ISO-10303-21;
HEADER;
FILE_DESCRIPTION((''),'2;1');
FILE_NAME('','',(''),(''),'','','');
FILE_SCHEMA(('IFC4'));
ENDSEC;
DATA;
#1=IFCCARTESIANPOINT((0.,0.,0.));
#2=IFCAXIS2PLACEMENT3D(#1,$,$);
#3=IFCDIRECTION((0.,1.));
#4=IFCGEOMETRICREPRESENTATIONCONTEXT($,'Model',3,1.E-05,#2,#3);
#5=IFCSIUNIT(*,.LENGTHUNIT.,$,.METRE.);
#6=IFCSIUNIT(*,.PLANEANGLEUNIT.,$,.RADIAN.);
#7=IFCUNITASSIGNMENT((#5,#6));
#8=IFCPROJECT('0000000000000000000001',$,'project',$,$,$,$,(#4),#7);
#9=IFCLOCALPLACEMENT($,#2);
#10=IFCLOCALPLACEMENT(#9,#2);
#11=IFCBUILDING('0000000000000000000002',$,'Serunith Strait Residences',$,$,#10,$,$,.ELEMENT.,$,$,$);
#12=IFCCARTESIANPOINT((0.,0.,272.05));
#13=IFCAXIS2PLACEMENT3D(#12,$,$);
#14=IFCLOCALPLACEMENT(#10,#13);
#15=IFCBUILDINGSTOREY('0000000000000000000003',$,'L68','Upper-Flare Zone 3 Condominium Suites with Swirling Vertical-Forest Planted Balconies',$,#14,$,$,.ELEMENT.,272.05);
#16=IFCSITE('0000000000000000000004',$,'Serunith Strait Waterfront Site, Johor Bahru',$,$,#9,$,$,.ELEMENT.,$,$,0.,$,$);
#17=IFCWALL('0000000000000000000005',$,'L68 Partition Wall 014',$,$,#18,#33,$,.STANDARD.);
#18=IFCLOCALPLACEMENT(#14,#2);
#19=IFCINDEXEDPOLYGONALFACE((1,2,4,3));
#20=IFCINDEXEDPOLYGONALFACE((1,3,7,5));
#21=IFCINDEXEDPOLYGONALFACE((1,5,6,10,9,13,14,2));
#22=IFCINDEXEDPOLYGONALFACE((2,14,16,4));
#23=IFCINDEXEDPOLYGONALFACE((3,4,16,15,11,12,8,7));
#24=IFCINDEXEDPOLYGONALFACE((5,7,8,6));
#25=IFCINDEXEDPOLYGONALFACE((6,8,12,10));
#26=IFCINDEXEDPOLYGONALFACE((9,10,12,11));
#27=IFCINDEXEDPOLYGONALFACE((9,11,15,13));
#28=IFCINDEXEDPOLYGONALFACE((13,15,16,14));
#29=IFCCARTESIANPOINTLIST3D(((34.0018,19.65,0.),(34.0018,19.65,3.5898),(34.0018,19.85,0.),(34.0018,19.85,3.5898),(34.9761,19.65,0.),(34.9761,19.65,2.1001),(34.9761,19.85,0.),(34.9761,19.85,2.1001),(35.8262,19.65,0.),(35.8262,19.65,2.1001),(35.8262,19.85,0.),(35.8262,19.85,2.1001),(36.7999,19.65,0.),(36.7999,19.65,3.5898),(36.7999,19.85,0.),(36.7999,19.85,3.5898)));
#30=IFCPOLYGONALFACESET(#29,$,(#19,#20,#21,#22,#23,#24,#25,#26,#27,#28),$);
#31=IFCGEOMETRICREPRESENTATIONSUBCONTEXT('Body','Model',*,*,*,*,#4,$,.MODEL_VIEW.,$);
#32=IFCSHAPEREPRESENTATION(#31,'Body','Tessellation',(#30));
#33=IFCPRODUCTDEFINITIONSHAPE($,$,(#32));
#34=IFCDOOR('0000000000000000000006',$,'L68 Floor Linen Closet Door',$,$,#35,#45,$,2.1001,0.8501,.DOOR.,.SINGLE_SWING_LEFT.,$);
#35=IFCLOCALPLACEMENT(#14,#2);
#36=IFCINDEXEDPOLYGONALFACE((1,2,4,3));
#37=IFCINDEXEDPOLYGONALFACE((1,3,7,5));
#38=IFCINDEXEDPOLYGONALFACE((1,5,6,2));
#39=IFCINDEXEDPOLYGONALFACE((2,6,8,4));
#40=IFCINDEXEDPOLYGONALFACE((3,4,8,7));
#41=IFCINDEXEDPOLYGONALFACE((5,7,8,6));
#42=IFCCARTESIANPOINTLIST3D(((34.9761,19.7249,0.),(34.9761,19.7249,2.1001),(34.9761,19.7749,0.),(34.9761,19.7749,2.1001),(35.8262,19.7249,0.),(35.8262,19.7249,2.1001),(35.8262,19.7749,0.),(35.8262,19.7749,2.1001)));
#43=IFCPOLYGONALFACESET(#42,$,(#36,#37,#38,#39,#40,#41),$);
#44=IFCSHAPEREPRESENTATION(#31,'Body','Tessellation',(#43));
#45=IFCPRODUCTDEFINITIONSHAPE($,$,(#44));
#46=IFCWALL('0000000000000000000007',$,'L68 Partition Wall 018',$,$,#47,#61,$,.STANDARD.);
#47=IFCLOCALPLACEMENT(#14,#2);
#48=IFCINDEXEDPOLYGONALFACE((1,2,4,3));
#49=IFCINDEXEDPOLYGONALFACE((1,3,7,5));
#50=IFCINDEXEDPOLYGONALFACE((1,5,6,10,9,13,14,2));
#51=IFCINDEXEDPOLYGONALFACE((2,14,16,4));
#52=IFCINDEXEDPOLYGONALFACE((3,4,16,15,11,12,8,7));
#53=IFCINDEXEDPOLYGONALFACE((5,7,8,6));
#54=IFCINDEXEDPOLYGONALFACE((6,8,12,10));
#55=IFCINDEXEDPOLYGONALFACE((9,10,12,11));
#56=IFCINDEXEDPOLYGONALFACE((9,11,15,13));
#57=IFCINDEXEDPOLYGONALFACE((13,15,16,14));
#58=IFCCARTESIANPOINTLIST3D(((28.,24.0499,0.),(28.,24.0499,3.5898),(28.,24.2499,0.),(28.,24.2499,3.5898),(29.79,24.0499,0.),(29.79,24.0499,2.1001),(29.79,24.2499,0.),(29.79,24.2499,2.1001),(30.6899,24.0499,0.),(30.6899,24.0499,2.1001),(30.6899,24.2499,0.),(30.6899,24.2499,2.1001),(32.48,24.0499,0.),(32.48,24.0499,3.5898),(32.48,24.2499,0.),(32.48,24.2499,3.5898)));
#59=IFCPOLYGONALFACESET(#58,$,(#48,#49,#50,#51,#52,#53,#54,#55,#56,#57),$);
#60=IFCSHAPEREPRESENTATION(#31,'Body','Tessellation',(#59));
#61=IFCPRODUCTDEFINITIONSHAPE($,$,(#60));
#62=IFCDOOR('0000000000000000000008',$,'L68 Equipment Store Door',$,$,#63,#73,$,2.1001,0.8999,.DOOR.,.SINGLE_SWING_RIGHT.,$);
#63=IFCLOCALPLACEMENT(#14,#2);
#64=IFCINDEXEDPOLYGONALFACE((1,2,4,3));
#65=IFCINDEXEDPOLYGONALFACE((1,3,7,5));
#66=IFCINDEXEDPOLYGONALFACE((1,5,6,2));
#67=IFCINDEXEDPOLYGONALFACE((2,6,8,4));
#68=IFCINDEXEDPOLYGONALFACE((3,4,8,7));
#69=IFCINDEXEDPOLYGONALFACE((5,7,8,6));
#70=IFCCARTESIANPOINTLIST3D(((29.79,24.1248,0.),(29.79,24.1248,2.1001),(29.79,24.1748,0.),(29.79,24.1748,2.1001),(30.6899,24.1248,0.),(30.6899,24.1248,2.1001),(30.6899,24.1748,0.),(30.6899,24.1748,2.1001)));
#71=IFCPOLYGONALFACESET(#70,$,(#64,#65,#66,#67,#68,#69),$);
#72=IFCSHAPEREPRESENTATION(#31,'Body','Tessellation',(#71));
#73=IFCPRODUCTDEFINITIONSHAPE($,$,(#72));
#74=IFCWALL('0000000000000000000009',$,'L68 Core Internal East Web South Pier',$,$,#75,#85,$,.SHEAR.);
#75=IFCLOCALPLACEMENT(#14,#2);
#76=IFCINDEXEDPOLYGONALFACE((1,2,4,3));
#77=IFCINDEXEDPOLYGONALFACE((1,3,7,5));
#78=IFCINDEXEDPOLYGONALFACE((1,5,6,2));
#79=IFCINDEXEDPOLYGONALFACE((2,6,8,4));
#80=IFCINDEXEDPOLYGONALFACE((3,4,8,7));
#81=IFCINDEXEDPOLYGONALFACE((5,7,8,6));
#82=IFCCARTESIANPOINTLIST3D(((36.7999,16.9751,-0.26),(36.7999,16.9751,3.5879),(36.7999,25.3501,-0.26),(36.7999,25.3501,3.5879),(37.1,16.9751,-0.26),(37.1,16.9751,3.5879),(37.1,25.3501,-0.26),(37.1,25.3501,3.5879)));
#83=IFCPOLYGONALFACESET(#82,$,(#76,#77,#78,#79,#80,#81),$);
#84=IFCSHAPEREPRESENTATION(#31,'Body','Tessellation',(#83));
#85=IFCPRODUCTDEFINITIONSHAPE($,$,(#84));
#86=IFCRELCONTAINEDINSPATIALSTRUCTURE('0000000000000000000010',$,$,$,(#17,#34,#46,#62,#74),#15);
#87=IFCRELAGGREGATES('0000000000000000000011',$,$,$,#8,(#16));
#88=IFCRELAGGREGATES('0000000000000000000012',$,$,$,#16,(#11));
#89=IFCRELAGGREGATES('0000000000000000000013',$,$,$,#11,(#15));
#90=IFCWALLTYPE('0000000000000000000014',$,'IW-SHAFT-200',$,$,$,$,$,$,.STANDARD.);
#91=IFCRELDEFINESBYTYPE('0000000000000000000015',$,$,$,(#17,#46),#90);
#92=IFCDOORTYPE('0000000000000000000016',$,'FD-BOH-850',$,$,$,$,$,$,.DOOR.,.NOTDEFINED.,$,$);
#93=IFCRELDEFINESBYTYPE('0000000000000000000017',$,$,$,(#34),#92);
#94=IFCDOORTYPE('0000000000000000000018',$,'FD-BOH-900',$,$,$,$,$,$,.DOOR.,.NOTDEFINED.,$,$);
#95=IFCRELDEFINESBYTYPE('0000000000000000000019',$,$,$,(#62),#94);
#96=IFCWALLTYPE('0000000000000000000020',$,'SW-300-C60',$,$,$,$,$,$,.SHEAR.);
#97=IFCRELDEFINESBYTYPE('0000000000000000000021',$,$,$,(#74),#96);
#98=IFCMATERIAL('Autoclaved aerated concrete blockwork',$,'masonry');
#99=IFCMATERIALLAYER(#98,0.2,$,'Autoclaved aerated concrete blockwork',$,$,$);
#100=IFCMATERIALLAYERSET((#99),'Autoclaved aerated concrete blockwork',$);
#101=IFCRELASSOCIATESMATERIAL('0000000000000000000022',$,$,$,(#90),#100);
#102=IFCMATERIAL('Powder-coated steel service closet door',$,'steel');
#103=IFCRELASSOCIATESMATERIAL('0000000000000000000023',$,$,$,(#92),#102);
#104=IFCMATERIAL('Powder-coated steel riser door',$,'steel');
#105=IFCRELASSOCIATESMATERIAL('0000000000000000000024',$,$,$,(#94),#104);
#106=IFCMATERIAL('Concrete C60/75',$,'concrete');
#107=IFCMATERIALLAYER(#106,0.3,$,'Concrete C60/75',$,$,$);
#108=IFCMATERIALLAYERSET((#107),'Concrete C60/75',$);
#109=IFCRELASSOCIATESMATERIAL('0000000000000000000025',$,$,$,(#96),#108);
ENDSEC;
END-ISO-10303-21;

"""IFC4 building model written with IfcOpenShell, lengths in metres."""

from ifc_helpers import new_model, si_unit, direction, frame, frame_2d, origin, place, context, subcontext, project, spatial, rectangle, extrude, source, transform, mapped, material, layer, layer_set, type_object, element, fill, save


model = new_model("IFC4")

# Units and contexts
model_context = context("Model", 3, precision=1e-05, world=origin(), true_north=direction((0.0, 1.0)))
body_context = subcontext(model_context, "Body", "Model", "MODEL_VIEW")
ifc_project = project(units=[si_unit("LENGTHUNIT", "METRE"), si_unit("PLANEANGLEUNIT", "RADIAN")], contexts=[model_context])

# Site, building, storey
site_placement = place(None, origin())
site = spatial("IfcSite", under=ifc_project, at=site_placement, Name="Serunith Strait Waterfront Site, Johor Bahru", CompositionType="ELEMENT", RefElevation=0.0)
building_placement = place(site_placement, origin())
building = spatial("IfcBuilding", under=site, at=building_placement, Name="Serunith Strait Residences", CompositionType="ELEMENT")
storey_placement = place(building_placement, frame((0.0, 0.0, 272.05)))
storey = spatial("IfcBuildingStorey", under=building, at=storey_placement, Name="L68", Description="Upper-Flare Zone 3 Condominium Suites with Swirling Vertical-Forest Planted Balconies", CompositionType="ELEMENT", Elevation=272.05)

# Shared definitions
ifc_material_1 = material(Name="Concrete C60/75", Category="concrete")

# Shared definitions
shared_shape_1 = source(origin(), body_context, "Body", "SweptSolid", [
    extrude(rectangle(XDim=0.8999, YDim=2.1001, at=frame_2d((0.45, 1.05))), frame((0.0, 0.0249, 0.0), z_axis=(0.0, -1.0, 0.0), x_axis=(1.0, 0.0, 0.0)), (0.0, 0.0, 1.0), 0.05),
])

# Walls, openings, doors
ifc_material_2 = material(Name="Autoclaved aerated concrete blockwork", Category="masonry")
ifc_layer_1 = layer(ifc_material_2, 0.2, Name="Autoclaved aerated concrete blockwork")
ifc_layer_set_1 = layer_set([ifc_layer_1], Name="Autoclaved aerated concrete blockwork")
wall_type_1 = type_object("IfcWallType", Name="IW-SHAFT-200", PredefinedType="STANDARD", material=ifc_layer_set_1)
wall_1_placement = place(storey_placement, frame((34.002, 19.75, 0.0), z_axis=(0.0, 0.0, 1.0), x_axis=(1.0, 0.0, 0.0)))
wall_1 = element("IfcWall", 1, at=wall_1_placement, inside=storey, type_object=wall_type_1, Name="L68 Partition Wall 014", PredefinedType="STANDARD", context=body_context, shape_type="SweptSolid", body=[
    extrude(rectangle(XDim=2.7981, YDim=0.2, at=frame_2d((1.3989, 0.0))), origin(), (0.0, 0.0, 1.0), 3.5898),
])
opening_1_placement = place(wall_1_placement, frame((0.9741, 0.0, 0.0)))
opening_1 = element("IfcOpeningElement", 2, at=opening_1_placement, cuts=wall_1, PredefinedType="OPENING", context=body_context, shape_type="SweptSolid", body=[
    extrude(rectangle(XDim=0.8501, YDim=2.1001, at=frame_2d((0.425, 1.05))), frame((0.0, 0.1099, 0.0), z_axis=(0.0, -1.0, 0.0), x_axis=(1.0, 0.0, 0.0)), (0.0, 0.0, 1.0), 0.22),
])
ifc_material_3 = material(Name="Powder-coated steel service closet door", Category="steel")
door_type_1 = type_object("IfcDoorType", Name="FD-BOH-850", OperationType="NOTDEFINED", PredefinedType="DOOR", material=ifc_material_3)
shared_shape_2 = source(origin(), body_context, "Body", "SweptSolid", [
    extrude(rectangle(XDim=0.8501, YDim=2.1001, at=frame_2d((0.425, 1.05))), frame((0.0, 0.0249, 0.0), z_axis=(0.0, -1.0, 0.0), x_axis=(1.0, 0.0, 0.0)), (0.0, 0.0, 1.0), 0.05),
])
door_1_placement = place(opening_1_placement, origin())
door_1 = element("IfcDoor", 3, at=door_1_placement, inside=storey, type_object=door_type_1, Name="L68 Floor Linen Closet Door", OperationType="SINGLE_SWING_LEFT", OverallHeight=2.1001, OverallWidth=0.8501, PredefinedType="DOOR", context=body_context, shape_type="MappedRepresentation", body=[
    mapped(shared_shape_2, transform((0.0, 0.0, 0.0), scale=1.0)),
])
fill(opening_1, door_1)
wall_2_placement = place(storey_placement, frame((28.0, 24.1499, 0.0), z_axis=(0.0, 0.0, 1.0), x_axis=(1.0, 0.0, 0.0)))
wall_2 = element("IfcWall", 4, at=wall_2_placement, inside=storey, type_object=wall_type_1, Name="L68 Partition Wall 018", PredefinedType="STANDARD", context=body_context, shape_type="SweptSolid", body=[
    extrude(rectangle(XDim=4.48, YDim=0.2, at=frame_2d((2.24, 0.0))), origin(), (0.0, 0.0, 1.0), 3.5898),
])
opening_2_placement = place(wall_2_placement, frame((1.79, 0.0, 0.0)))
opening_2 = element("IfcOpeningElement", 5, at=opening_2_placement, cuts=wall_2, PredefinedType="OPENING", context=body_context, shape_type="SweptSolid", body=[
    extrude(rectangle(XDim=0.8999, YDim=2.1001, at=frame_2d((0.45, 1.05))), frame((0.0, 0.1099, 0.0), z_axis=(0.0, -1.0, 0.0), x_axis=(1.0, 0.0, 0.0)), (0.0, 0.0, 1.0), 0.22),
])
ifc_material_4 = material(Name="Powder-coated steel riser door", Category="steel")
door_type_2 = type_object("IfcDoorType", Name="FD-BOH-900", OperationType="NOTDEFINED", PredefinedType="DOOR", material=ifc_material_4)
door_2_placement = place(opening_2_placement, origin())
door_2 = element("IfcDoor", 6, at=door_2_placement, inside=storey, type_object=door_type_2, Name="L68 Equipment Store Door", OperationType="SINGLE_SWING_RIGHT", OverallHeight=2.1001, OverallWidth=0.8999, PredefinedType="DOOR", context=body_context, shape_type="MappedRepresentation", body=[
    mapped(shared_shape_1, transform((0.0, 0.0, 0.0), scale=1.0)),
])
fill(opening_2, door_2)

# Wall
ifc_layer_2 = layer(ifc_material_1, 0.3, Name="Concrete C60/75")
ifc_layer_set_2 = layer_set([ifc_layer_2], Name="Concrete C60/75")
wall_type_2 = type_object("IfcWallType", Name="SW-300-C60", PredefinedType="SHEAR", material=ifc_layer_set_2)
wall_3_placement = place(storey_placement, frame((36.95, 16.9751, -0.26), z_axis=(0.0, 0.0, 1.0), x_axis=(0.0, 1.0, 0.0)))
element("IfcWall", 7, at=wall_3_placement, inside=storey, type_object=wall_type_2, Name="L68 Core Internal East Web South Pier", PredefinedType="SHEAR", context=body_context, shape_type="SweptSolid", body=[
    extrude(rectangle(XDim=8.375, YDim=0.3, at=frame_2d((4.1875, 0.0))), origin(), (0.0, 0.0, 1.0), 3.8479),
])

save(model, "model.ifc")
